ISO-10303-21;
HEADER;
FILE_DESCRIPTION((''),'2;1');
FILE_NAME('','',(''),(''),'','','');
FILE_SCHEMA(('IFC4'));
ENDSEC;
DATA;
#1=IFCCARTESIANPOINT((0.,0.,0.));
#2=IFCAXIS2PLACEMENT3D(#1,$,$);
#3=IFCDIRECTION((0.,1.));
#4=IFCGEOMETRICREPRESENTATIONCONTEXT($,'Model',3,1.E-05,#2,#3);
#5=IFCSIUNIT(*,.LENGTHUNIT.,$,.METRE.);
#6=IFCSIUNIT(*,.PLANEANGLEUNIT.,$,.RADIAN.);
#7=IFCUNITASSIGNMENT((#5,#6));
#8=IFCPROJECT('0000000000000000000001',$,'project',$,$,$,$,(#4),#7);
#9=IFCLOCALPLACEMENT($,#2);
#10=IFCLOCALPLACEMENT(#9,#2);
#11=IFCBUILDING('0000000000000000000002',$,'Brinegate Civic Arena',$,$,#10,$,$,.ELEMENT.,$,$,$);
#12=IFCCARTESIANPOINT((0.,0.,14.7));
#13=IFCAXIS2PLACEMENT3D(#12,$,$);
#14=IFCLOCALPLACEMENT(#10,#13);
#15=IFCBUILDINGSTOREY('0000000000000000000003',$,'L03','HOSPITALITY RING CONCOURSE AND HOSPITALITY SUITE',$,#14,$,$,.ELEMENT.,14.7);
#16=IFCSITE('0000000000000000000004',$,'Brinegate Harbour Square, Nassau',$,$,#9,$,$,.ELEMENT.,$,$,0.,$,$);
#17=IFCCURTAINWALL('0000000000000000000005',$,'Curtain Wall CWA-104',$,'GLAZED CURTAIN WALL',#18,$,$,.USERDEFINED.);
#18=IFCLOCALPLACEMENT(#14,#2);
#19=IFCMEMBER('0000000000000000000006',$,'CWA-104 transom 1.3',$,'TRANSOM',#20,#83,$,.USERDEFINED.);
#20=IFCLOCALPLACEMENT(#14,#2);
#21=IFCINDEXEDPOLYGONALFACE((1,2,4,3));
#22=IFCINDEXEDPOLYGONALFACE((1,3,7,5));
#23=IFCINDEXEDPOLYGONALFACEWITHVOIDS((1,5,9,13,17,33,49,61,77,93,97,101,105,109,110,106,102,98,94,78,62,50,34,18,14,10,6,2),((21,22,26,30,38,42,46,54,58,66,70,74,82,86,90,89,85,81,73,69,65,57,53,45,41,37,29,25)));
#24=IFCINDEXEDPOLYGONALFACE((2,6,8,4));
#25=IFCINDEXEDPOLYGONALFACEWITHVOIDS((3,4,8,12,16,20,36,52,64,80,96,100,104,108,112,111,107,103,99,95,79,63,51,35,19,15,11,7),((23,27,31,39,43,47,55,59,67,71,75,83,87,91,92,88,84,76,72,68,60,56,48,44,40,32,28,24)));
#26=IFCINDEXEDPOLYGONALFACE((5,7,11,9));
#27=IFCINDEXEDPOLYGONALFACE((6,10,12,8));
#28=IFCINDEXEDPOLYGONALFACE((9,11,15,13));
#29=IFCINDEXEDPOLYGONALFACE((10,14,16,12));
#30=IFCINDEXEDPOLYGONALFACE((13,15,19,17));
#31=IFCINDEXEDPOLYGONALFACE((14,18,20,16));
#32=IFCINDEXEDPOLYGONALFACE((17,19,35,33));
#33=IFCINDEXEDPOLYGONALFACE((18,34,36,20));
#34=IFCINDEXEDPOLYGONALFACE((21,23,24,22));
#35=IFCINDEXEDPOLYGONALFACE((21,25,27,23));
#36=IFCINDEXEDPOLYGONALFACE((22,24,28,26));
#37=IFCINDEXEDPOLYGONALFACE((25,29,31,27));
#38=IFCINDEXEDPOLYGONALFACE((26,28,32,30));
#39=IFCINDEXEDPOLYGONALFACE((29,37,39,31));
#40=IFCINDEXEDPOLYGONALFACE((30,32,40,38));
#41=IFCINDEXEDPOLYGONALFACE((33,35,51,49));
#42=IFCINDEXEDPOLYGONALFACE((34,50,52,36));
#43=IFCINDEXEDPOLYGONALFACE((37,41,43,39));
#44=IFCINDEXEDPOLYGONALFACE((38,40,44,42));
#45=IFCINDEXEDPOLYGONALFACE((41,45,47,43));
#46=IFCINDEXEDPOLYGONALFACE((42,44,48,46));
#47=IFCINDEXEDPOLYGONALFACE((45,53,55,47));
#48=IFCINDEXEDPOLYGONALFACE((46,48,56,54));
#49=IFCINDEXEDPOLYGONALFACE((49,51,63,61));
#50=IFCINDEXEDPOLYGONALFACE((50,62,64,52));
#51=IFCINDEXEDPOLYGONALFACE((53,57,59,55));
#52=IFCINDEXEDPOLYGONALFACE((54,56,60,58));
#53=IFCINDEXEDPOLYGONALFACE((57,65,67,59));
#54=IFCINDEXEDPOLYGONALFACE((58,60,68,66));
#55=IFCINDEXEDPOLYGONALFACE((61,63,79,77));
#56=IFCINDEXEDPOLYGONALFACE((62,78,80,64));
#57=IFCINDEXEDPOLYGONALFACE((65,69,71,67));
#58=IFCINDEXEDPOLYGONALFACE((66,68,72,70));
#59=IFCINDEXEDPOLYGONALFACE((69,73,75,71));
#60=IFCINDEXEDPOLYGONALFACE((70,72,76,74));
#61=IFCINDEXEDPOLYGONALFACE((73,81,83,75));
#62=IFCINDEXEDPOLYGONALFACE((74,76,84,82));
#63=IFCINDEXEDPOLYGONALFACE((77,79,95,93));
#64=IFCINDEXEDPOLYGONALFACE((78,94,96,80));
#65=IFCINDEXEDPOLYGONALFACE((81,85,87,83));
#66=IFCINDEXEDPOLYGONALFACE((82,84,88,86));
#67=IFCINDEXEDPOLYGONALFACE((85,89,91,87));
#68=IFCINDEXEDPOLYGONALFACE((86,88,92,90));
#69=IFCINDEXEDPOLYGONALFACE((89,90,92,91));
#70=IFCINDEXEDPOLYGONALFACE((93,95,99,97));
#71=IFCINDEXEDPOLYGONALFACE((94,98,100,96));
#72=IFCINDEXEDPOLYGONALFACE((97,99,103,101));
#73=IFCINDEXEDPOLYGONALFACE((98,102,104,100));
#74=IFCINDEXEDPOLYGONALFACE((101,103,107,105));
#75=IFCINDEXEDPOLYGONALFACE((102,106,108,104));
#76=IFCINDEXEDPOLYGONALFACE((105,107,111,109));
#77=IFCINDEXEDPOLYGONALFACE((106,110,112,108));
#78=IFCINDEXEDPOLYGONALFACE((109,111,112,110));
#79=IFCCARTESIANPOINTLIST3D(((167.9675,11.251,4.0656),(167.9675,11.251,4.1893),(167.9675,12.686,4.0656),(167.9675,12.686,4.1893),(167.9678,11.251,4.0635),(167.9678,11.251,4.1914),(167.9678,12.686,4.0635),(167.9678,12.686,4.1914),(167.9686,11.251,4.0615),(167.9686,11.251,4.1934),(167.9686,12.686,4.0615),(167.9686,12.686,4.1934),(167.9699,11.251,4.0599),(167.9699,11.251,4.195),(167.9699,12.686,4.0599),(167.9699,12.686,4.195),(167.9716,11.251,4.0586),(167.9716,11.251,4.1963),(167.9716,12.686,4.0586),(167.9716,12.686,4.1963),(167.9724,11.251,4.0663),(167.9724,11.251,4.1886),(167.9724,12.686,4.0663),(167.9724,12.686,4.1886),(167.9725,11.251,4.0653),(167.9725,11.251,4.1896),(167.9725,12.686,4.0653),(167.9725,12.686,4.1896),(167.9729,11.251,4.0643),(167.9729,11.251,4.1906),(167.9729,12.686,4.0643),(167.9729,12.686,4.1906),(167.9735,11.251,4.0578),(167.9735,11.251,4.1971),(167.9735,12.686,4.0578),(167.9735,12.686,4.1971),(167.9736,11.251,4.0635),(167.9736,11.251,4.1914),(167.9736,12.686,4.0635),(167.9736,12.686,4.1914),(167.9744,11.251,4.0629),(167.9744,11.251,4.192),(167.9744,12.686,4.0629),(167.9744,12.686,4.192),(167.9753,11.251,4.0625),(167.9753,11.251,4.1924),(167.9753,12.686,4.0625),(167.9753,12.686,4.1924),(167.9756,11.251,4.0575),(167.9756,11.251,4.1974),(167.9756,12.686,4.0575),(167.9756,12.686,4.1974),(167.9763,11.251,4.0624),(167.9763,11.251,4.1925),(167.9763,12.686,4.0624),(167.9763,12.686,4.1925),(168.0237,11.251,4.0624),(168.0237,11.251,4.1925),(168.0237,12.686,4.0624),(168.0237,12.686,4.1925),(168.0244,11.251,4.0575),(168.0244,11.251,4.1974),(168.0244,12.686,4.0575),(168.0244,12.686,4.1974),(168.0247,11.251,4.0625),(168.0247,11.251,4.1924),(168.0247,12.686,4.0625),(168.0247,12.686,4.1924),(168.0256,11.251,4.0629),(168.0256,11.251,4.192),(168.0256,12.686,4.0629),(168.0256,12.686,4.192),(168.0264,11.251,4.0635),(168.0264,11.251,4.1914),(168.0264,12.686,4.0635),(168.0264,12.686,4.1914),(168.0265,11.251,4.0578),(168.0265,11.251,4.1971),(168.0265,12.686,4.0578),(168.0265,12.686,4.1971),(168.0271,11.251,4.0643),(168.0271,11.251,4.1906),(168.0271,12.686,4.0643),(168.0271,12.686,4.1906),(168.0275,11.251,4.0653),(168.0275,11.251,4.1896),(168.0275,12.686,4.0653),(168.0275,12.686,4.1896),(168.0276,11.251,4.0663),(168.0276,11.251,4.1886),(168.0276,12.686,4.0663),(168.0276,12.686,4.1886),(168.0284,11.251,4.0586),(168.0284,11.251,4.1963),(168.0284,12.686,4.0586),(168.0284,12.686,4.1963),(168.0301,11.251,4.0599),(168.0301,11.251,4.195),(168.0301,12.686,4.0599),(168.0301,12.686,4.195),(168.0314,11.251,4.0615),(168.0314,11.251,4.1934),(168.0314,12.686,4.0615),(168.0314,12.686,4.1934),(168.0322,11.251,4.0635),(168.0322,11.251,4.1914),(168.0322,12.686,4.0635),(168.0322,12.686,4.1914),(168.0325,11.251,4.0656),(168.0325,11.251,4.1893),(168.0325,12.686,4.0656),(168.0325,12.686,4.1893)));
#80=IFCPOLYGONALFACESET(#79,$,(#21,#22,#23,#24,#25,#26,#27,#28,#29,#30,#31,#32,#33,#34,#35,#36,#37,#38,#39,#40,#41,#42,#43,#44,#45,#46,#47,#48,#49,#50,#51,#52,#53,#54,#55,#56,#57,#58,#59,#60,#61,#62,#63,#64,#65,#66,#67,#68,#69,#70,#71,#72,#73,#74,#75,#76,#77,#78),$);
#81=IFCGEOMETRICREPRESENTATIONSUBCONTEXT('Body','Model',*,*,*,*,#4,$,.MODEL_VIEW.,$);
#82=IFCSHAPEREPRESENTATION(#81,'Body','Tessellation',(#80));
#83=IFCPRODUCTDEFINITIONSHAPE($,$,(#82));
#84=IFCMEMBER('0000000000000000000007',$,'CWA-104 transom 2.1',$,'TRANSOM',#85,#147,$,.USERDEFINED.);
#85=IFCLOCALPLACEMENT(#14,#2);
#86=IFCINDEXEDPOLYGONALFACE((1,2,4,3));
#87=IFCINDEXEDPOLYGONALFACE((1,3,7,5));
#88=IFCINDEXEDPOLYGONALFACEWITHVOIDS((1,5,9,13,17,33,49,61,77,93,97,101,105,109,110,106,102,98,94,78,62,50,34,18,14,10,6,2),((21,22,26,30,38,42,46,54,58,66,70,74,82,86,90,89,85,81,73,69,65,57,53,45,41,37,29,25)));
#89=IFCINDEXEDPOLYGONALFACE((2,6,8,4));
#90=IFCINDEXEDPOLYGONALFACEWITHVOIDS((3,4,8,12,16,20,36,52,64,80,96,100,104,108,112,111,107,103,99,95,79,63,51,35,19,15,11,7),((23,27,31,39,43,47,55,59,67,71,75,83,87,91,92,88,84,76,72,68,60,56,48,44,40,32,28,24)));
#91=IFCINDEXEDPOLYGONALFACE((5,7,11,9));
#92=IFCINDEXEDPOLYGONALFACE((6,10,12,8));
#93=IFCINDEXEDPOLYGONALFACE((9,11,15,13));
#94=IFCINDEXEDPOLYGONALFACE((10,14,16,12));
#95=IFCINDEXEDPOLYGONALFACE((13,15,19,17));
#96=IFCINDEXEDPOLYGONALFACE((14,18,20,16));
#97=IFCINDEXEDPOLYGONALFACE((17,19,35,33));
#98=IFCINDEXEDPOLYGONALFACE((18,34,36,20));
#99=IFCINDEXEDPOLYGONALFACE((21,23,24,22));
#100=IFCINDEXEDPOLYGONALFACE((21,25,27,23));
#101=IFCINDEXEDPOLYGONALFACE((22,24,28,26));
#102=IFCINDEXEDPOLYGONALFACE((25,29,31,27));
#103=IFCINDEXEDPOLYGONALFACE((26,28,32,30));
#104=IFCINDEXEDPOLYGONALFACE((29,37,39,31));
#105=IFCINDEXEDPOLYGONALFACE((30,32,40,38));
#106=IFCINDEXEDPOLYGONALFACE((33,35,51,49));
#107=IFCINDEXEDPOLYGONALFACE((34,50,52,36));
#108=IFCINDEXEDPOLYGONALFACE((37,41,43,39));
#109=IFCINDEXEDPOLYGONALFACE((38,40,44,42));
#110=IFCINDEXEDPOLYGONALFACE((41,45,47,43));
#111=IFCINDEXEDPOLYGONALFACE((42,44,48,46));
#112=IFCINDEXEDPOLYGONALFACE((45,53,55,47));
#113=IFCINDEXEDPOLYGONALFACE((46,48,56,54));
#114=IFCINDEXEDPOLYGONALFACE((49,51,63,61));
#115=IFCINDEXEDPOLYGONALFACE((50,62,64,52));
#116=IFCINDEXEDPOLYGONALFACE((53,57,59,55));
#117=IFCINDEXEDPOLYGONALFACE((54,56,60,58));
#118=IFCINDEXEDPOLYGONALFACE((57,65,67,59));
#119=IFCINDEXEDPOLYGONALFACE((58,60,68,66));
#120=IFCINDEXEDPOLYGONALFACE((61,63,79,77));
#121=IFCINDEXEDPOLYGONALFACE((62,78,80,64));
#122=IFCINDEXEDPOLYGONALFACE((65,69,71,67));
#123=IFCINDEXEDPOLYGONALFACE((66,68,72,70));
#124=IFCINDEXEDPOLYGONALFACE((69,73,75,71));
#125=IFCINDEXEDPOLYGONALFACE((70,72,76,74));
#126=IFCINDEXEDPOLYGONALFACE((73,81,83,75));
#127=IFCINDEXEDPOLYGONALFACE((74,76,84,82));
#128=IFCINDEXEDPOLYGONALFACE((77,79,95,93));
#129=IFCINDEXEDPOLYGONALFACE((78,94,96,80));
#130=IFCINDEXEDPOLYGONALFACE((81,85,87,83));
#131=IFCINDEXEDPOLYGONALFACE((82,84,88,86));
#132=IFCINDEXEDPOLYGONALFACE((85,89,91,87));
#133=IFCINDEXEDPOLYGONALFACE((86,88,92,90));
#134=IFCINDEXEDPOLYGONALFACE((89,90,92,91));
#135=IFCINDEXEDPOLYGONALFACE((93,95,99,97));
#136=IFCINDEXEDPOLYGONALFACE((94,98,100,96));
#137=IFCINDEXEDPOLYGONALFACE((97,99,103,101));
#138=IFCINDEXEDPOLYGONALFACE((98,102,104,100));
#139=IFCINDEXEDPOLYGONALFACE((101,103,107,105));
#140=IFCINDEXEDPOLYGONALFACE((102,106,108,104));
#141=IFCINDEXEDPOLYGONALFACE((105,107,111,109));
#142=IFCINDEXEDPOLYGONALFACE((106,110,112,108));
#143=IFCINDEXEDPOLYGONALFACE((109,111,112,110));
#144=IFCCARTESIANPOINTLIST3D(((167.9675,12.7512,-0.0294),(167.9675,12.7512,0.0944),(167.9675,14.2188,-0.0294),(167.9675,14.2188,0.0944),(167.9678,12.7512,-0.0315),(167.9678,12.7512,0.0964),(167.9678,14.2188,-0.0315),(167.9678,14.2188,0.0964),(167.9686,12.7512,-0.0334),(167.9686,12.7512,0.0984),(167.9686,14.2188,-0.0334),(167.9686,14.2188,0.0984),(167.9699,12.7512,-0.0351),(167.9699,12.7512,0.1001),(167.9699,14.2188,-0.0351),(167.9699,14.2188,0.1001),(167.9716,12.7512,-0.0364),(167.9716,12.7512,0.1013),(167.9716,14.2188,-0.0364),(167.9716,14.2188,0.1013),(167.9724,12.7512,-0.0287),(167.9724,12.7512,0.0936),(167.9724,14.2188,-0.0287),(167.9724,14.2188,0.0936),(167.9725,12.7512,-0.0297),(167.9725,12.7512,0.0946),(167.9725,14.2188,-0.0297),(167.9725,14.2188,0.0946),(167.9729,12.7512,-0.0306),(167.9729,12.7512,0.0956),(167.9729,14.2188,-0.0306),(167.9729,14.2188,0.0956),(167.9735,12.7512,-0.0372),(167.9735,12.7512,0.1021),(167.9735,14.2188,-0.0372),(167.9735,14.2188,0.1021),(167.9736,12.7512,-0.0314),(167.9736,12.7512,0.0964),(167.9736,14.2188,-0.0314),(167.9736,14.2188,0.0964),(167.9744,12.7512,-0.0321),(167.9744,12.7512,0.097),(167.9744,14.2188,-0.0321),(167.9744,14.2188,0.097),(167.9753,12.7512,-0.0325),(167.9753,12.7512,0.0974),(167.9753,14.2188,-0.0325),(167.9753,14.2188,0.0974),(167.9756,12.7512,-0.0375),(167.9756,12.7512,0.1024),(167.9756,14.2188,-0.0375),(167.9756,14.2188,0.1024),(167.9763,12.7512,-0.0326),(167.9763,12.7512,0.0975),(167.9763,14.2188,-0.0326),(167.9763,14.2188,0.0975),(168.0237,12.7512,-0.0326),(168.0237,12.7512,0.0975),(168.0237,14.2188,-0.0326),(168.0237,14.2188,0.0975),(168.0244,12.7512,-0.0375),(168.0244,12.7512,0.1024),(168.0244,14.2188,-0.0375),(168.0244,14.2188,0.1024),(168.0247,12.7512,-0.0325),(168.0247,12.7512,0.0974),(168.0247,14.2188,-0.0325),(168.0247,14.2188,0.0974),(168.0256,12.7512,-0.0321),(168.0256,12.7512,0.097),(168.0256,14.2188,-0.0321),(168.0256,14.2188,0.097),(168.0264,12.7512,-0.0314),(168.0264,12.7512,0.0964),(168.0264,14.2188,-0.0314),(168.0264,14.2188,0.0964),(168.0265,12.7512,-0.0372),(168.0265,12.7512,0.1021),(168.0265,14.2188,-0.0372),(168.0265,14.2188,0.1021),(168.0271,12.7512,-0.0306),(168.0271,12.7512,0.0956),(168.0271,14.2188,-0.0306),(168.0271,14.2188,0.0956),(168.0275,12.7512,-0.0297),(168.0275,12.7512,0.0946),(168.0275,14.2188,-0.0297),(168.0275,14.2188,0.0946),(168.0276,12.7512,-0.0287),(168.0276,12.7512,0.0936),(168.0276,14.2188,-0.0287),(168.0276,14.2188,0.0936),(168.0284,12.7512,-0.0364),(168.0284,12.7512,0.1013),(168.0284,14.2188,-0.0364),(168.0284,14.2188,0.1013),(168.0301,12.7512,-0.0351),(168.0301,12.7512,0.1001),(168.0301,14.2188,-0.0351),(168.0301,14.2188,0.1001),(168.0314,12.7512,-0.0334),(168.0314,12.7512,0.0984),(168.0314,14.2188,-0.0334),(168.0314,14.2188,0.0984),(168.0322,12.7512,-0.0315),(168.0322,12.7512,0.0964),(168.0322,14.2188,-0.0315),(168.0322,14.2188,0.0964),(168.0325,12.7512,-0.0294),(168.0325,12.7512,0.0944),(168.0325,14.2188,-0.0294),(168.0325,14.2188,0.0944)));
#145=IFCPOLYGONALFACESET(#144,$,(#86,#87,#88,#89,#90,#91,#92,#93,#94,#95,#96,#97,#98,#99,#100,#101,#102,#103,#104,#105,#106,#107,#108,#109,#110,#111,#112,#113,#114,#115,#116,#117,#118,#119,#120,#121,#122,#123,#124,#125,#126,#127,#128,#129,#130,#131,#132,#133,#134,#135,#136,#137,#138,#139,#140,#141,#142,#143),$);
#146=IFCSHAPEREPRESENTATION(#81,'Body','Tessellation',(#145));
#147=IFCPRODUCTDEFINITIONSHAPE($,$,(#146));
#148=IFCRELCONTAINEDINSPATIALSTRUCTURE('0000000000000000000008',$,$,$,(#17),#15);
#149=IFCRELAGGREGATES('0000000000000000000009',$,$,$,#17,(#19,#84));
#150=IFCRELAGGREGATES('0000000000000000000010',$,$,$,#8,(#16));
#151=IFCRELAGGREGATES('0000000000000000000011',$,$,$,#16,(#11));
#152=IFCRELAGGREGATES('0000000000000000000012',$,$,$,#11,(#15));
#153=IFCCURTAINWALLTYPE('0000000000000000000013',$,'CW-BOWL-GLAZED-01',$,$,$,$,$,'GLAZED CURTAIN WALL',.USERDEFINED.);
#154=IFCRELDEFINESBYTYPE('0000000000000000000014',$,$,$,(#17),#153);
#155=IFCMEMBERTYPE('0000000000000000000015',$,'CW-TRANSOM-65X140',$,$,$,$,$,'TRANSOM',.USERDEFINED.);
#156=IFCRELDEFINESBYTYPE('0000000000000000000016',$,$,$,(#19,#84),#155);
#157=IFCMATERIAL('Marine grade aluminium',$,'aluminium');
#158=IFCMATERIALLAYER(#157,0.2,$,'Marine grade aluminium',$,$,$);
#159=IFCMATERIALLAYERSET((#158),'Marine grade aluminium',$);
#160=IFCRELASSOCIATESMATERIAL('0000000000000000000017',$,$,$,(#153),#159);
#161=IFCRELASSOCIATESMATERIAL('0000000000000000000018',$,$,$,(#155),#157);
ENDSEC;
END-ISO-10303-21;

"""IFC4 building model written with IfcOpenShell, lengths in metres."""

from ifc_helpers import new_model, si_unit, direction, frame, origin, origin_2d, place, context, subcontext, project, spatial, hollow_rectangle, extrude, material, layer, layer_set, material_profile, profile_set, type_object, element, aggregate, save


model = new_model("IFC4")

# Units and contexts
model_context = context("Model", 3, precision=1e-05, world=origin(), true_north=direction((0.0, 1.0)))
body_context = subcontext(model_context, "Body", "Model", "MODEL_VIEW")
ifc_project = project(units=[si_unit("LENGTHUNIT", "METRE"), si_unit("PLANEANGLEUNIT", "RADIAN")], contexts=[model_context])

# Site, building, storey
site_placement = place(None, origin())
site = spatial("IfcSite", under=ifc_project, at=site_placement, Name="Brinegate Harbour Square, Nassau", CompositionType="ELEMENT", RefElevation=0.0)
building_placement = place(site_placement, origin())
building = spatial("IfcBuilding", under=site, at=building_placement, Name="Brinegate Civic Arena", CompositionType="ELEMENT")
storey_placement = place(building_placement, frame((0.0, 0.0, 14.7)))
storey = spatial("IfcBuildingStorey", under=building, at=storey_placement, Name="L03", Description="HOSPITALITY RING CONCOURSE AND HOSPITALITY SUITE", CompositionType="ELEMENT", Elevation=14.7)

# Curtain wall, members
ifc_material_1 = material(Name="Marine grade aluminium", Category="aluminium")
ifc_layer_1 = layer(ifc_material_1, 0.2, Name="Marine grade aluminium")
ifc_layer_set_1 = layer_set([ifc_layer_1], Name="Marine grade aluminium")
curtain_wall_type = type_object("IfcCurtainWallType", Name="CW-BOWL-GLAZED-01", ElementType="GLAZED CURTAIN WALL", PredefinedType="USERDEFINED", material=ifc_layer_set_1)
curtain_wall_placement = place(storey_placement, origin())
curtain_wall = element("IfcCurtainWall", 1, at=curtain_wall_placement, inside=storey, type_object=curtain_wall_type, Name="Curtain Wall CWA-104", ObjectType="GLAZED CURTAIN WALL", PredefinedType="USERDEFINED")
ifc_material_profile_1 = material_profile(ifc_material_1, hollow_rectangle(XDim=0.0649, YDim=0.1399, WallThickness=0.0049, InnerFilletRadius=0.0039, OuterFilletRadius=0.0081, at=origin_2d()), Name="TRN65X140")
ifc_profile_set_1 = profile_set([ifc_material_profile_1], Name="Marine grade aluminium")
member_type_1 = type_object("IfcMemberType", Name="CW-TRANSOM-65X140", ElementType="TRANSOM", PredefinedType="USERDEFINED", material=ifc_profile_set_1)
member_1_placement = place(storey_placement, frame((168.0, 11.251, 4.1274), z_axis=(0.0, 1.0, 0.0), x_axis=(-1.0, 0.0, 0.0)))
member_1 = element("IfcMember", 2, at=member_1_placement, type_object=member_type_1, Name="CWA-104 transom 1.3", ObjectType="TRANSOM", PredefinedType="USERDEFINED", context=body_context, shape_type="SweptSolid", body=[
    extrude(hollow_rectangle(XDim=0.0649, YDim=0.1399, WallThickness=0.0049, InnerFilletRadius=0.0039, OuterFilletRadius=0.0081, at=origin_2d()), origin(), (0.0, 0.0, 1.0), 1.4351),
])
member_2_placement = place(storey_placement, frame((168.0, 12.7512, 0.0325), z_axis=(0.0, 1.0, 0.0), x_axis=(-1.0, 0.0, 0.0)))
member_2 = element("IfcMember", 3, at=member_2_placement, type_object=member_type_1, Name="CWA-104 transom 2.1", ObjectType="TRANSOM", PredefinedType="USERDEFINED", context=body_context, shape_type="SweptSolid", body=[
    extrude(hollow_rectangle(XDim=0.0649, YDim=0.1399, WallThickness=0.0049, InnerFilletRadius=0.0039, OuterFilletRadius=0.0081, at=origin_2d()), origin(), (0.0, 0.0, 1.0), 1.4675),
])

aggregate(curtain_wall, [member_1, member_2])

save(model, "model.ifc")
